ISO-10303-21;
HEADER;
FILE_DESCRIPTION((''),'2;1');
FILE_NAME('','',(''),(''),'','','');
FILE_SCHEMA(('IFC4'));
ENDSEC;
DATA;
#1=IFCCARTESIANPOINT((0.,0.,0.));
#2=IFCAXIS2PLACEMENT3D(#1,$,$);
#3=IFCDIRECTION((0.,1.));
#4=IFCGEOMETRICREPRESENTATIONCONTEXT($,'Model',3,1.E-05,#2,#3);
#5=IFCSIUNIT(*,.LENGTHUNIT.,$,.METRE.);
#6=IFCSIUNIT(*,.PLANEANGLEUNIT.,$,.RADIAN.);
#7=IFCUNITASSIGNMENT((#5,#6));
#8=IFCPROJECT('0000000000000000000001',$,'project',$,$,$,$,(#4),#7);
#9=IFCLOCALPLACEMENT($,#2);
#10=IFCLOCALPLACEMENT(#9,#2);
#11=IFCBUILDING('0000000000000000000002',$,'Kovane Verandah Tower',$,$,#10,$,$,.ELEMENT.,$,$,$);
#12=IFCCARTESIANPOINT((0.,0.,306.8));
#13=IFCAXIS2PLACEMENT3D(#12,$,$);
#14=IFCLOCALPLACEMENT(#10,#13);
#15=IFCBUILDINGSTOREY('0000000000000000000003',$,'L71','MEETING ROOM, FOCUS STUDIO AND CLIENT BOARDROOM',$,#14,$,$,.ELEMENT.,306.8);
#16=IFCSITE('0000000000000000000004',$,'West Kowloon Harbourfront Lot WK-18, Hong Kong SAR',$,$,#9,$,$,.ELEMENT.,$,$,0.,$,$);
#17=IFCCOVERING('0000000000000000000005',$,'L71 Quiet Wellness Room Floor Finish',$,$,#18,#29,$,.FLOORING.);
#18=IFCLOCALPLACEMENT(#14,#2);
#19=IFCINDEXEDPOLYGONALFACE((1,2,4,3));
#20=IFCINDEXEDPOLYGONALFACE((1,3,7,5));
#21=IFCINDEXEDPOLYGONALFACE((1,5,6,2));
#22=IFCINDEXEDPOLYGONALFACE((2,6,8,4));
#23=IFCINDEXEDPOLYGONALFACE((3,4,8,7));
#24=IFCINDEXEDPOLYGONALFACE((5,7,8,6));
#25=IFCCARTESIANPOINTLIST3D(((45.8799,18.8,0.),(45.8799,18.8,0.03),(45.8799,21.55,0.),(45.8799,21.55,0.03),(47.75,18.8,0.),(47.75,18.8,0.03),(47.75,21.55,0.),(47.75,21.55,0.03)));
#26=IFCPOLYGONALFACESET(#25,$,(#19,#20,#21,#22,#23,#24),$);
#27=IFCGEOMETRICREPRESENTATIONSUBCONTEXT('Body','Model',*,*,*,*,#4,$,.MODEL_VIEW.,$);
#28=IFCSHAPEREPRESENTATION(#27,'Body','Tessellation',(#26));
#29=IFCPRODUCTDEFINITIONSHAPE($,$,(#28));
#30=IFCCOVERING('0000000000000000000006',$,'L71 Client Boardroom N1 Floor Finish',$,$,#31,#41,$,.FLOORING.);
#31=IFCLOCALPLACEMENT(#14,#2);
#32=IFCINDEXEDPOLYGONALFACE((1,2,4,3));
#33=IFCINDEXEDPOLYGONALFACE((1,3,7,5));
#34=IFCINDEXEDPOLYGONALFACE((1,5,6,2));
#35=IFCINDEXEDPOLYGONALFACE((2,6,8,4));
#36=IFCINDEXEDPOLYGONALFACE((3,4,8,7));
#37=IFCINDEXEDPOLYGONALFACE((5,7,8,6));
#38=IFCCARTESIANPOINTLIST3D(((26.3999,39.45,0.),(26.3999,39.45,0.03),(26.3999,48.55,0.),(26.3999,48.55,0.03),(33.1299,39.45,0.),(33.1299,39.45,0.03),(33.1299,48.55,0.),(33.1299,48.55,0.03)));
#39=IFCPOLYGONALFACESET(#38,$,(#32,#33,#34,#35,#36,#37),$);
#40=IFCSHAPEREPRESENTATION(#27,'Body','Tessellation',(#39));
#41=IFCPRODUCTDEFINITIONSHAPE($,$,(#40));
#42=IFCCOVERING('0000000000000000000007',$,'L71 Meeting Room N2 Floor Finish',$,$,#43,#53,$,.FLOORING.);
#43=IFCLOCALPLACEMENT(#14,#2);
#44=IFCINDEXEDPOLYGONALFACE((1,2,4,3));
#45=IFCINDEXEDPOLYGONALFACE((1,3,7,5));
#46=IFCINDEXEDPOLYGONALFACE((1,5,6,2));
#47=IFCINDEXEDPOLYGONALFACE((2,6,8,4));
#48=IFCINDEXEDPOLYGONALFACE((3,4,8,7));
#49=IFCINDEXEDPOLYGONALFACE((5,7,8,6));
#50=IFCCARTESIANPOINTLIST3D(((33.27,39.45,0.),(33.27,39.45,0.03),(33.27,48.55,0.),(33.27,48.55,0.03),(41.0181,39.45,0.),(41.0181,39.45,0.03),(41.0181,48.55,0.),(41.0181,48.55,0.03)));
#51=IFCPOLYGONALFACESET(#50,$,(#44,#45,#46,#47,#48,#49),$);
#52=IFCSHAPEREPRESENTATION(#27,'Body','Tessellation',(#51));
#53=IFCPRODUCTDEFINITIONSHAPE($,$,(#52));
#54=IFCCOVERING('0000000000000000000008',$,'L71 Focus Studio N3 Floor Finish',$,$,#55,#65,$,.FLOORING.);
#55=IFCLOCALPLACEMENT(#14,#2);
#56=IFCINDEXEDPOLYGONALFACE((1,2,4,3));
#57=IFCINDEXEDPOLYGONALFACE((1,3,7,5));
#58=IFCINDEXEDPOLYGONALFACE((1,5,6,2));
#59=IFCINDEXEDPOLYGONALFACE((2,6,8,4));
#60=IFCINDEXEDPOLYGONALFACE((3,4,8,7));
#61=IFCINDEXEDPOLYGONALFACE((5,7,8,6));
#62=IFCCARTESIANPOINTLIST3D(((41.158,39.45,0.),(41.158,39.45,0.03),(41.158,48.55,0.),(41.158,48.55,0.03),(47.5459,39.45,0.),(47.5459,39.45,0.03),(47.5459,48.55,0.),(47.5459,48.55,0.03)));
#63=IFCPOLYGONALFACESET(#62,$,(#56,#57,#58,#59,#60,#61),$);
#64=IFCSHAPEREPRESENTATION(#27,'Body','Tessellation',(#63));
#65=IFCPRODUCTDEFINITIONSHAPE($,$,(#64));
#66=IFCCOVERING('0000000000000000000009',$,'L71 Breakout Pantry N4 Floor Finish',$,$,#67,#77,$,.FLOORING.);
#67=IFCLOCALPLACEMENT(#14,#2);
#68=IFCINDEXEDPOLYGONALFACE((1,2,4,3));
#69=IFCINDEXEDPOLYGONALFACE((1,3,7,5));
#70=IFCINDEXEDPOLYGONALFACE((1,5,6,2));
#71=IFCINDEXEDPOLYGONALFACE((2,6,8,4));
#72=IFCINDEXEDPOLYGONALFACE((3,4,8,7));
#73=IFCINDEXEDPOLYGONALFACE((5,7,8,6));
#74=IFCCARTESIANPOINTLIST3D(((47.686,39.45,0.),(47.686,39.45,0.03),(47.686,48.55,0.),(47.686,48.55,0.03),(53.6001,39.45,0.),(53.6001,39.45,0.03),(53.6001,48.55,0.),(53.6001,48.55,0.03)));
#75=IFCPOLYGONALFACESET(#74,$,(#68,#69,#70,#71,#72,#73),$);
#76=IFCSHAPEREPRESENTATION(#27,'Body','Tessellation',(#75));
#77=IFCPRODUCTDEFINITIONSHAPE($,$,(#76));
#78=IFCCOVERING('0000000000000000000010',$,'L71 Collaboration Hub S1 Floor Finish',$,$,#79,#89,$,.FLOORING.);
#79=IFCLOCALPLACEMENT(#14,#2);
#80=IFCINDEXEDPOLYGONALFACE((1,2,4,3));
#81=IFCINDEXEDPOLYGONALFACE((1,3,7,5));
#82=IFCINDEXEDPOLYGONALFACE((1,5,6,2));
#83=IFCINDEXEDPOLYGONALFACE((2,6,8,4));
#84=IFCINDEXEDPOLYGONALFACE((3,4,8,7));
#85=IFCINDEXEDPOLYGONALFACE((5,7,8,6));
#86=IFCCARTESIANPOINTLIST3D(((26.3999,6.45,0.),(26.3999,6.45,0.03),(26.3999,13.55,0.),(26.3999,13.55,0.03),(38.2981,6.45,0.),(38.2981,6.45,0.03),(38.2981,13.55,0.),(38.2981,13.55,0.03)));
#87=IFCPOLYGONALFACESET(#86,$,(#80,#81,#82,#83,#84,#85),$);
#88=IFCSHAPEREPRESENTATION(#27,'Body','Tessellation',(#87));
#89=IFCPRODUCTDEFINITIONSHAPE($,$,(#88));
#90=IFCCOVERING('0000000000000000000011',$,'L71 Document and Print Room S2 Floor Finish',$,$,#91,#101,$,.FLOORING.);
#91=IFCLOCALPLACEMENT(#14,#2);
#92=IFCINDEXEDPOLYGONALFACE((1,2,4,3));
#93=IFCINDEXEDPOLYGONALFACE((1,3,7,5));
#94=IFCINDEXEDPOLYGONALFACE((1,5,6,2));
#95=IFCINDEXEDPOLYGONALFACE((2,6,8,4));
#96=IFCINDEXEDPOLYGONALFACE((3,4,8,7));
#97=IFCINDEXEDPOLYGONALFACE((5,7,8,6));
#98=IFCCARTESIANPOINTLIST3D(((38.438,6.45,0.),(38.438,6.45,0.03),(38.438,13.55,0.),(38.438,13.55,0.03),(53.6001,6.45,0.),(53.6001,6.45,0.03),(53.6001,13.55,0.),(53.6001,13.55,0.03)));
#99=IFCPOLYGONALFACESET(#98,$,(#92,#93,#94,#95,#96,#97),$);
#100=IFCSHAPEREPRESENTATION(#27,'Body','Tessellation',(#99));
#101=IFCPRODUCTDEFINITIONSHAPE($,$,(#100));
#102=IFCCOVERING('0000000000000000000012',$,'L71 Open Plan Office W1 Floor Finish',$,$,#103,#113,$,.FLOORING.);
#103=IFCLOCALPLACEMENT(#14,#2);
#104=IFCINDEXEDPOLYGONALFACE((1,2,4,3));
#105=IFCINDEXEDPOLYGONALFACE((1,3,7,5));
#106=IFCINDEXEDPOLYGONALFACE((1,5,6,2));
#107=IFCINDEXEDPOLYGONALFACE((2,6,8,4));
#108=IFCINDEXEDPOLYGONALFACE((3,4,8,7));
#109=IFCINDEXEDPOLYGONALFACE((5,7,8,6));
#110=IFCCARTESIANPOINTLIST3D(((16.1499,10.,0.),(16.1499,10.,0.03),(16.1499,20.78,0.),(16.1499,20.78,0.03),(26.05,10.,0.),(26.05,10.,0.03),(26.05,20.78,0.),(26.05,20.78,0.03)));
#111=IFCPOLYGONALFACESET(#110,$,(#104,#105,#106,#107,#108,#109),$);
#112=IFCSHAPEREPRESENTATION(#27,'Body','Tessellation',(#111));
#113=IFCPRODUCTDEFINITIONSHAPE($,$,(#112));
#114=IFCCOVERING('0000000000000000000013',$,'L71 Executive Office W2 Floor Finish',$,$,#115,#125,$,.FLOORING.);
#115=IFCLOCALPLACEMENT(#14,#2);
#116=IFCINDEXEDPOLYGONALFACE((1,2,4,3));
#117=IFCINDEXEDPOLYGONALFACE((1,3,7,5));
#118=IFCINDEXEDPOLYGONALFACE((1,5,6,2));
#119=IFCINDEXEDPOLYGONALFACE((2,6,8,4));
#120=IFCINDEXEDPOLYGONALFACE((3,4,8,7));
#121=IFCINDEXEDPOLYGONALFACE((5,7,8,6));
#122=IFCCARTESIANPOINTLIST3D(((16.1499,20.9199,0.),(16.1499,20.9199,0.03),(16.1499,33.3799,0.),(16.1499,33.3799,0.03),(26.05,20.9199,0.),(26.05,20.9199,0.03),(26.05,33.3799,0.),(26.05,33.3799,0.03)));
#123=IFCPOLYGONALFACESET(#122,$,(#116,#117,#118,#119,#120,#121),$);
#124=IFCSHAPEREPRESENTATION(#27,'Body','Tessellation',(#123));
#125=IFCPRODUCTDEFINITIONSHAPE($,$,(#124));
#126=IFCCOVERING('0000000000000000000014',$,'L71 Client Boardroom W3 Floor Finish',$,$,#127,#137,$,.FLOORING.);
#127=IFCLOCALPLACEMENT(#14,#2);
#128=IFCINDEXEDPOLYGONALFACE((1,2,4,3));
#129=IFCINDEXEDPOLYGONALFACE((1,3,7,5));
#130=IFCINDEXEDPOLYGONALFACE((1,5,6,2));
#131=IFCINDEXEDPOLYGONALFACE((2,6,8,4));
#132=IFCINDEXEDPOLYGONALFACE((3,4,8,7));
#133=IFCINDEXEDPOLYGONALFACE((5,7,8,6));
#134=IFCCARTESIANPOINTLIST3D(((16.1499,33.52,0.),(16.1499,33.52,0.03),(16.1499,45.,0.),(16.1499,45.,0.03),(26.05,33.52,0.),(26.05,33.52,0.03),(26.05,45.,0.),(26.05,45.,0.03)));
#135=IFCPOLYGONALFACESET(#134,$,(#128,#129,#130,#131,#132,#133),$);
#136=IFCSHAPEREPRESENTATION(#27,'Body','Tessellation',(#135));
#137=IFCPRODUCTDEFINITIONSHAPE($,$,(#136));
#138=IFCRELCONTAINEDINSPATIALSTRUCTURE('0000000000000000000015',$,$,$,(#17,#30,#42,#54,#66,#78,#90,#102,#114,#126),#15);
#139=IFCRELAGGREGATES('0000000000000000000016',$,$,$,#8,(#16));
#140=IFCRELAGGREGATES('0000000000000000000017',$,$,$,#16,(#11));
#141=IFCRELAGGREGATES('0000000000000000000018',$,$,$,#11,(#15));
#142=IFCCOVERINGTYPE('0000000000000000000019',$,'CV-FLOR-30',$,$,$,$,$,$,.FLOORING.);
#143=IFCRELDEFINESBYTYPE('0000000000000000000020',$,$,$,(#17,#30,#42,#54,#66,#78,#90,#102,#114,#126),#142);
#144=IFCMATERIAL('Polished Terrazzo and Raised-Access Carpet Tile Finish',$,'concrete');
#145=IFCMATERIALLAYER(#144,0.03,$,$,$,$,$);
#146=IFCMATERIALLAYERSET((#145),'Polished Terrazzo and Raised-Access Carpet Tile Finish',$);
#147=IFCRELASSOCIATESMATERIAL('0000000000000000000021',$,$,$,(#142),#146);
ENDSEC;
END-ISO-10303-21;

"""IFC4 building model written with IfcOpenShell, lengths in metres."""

from ifc_helpers import new_model, si_unit, direction, frame, origin, place, context, subcontext, project, spatial, polyline, outline, extrude, material, layer, layer_set, type_object, element, save


model = new_model("IFC4")

# Units and contexts
model_context = context("Model", 3, precision=1e-05, world=origin(), true_north=direction((0.0, 1.0)))
body_context = subcontext(model_context, "Body", "Model", "MODEL_VIEW")
ifc_project = project(units=[si_unit("LENGTHUNIT", "METRE"), si_unit("PLANEANGLEUNIT", "RADIAN")], contexts=[model_context])

# Site, building, storey
site_placement = place(None, origin())
site = spatial("IfcSite", under=ifc_project, at=site_placement, Name="West Kowloon Harbourfront Lot WK-18, Hong Kong SAR", CompositionType="ELEMENT", RefElevation=0.0)
building_placement = place(site_placement, origin())
building = spatial("IfcBuilding", under=site, at=building_placement, Name="Kovane Verandah Tower", CompositionType="ELEMENT")
storey_placement = place(building_placement, frame((0.0, 0.0, 306.8)))
storey = spatial("IfcBuildingStorey", under=building, at=storey_placement, Name="L71", Description="MEETING ROOM, FOCUS STUDIO AND CLIENT BOARDROOM", CompositionType="ELEMENT", Elevation=306.8)

# Coverings
ifc_material_1 = material(Name="Polished Terrazzo and Raised-Access Carpet Tile Finish", Category="concrete")
ifc_layer_1 = layer(ifc_material_1, 0.03)
ifc_layer_set_1 = layer_set([ifc_layer_1], Name="Polished Terrazzo and Raised-Access Carpet Tile Finish")
covering_type = type_object("IfcCoveringType", Name="CV-FLOR-30", PredefinedType="FLOORING", material=ifc_layer_set_1)
covering_1_placement = place(storey_placement, origin())
element("IfcCovering", 1, at=covering_1_placement, inside=storey, type_object=covering_type, Name="L71 Quiet Wellness Room Floor Finish", PredefinedType="FLOORING", context=body_context, shape_type="SweptSolid", body=[
    extrude(outline(polyline([(45.8799, 18.8), (47.75, 18.8), (47.75, 21.55), (45.8799, 21.55), (45.8799, 18.8)])), origin(), (0.0, 0.0, 1.0), 0.03),
])
covering_2_placement = place(storey_placement, origin())
element("IfcCovering", 2, at=covering_2_placement, inside=storey, type_object=covering_type, Name="L71 Client Boardroom N1 Floor Finish", PredefinedType="FLOORING", context=body_context, shape_type="SweptSolid", body=[
    extrude(outline(polyline([(26.3999, 39.45), (33.1299, 39.45), (33.1299, 48.55), (26.3999, 48.55), (26.3999, 39.45)])), origin(), (0.0, 0.0, 1.0), 0.03),
])
covering_3_placement = place(storey_placement, origin())
element("IfcCovering", 3, at=covering_3_placement, inside=storey, type_object=covering_type, Name="L71 Meeting Room N2 Floor Finish", PredefinedType="FLOORING", context=body_context, shape_type="SweptSolid", body=[
    extrude(outline(polyline([(33.27, 39.45), (41.0181, 39.45), (41.0181, 48.55), (33.27, 48.55), (33.27, 39.45)])), origin(), (0.0, 0.0, 1.0), 0.03),
])
covering_4_placement = place(storey_placement, origin())
element("IfcCovering", 4, at=covering_4_placement, inside=storey, type_object=covering_type, Name="L71 Focus Studio N3 Floor Finish", PredefinedType="FLOORING", context=body_context, shape_type="SweptSolid", body=[
    extrude(outline(polyline([(41.158, 39.45), (47.5459, 39.45), (47.5459, 48.55), (41.158, 48.55), (41.158, 39.45)])), origin(), (0.0, 0.0, 1.0), 0.03),
])
covering_5_placement = place(storey_placement, origin())
element("IfcCovering", 5, at=covering_5_placement, inside=storey, type_object=covering_type, Name="L71 Breakout Pantry N4 Floor Finish", PredefinedType="FLOORING", context=body_context, shape_type="SweptSolid", body=[
    extrude(outline(polyline([(47.686, 39.45), (53.6001, 39.45), (53.6001, 48.55), (47.686, 48.55), (47.686, 39.45)])), origin(), (0.0, 0.0, 1.0), 0.03),
])
covering_6_placement = place(storey_placement, origin())
element("IfcCovering", 6, at=covering_6_placement, inside=storey, type_object=covering_type, Name="L71 Collaboration Hub S1 Floor Finish", PredefinedType="FLOORING", context=body_context, shape_type="SweptSolid", body=[
    extrude(outline(polyline([(26.3999, 6.45), (38.2981, 6.45), (38.2981, 13.55), (26.3999, 13.55), (26.3999, 6.45)])), origin(), (0.0, 0.0, 1.0), 0.03),
])
covering_7_placement = place(storey_placement, origin())
element("IfcCovering", 7, at=covering_7_placement, inside=storey, type_object=covering_type, Name="L71 Document and Print Room S2 Floor Finish", PredefinedType="FLOORING", context=body_context, shape_type="SweptSolid", body=[
    extrude(outline(polyline([(38.438, 6.45), (53.6001, 6.45), (53.6001, 13.55), (38.438, 13.55), (38.438, 6.45)])), origin(), (0.0, 0.0, 1.0), 0.03),
])
covering_8_placement = place(storey_placement, origin())
element("IfcCovering", 8, at=covering_8_placement, inside=storey, type_object=covering_type, Name="L71 Open Plan Office W1 Floor Finish", PredefinedType="FLOORING", context=body_context, shape_type="SweptSolid", body=[
    extrude(outline(polyline([(16.1499, 10.0), (26.05, 10.0), (26.05, 20.78), (16.1499, 20.78), (16.1499, 10.0)])), origin(), (0.0, 0.0, 1.0), 0.03),
])
covering_9_placement = place(storey_placement, origin())
element("IfcCovering", 9, at=covering_9_placement, inside=storey, type_object=covering_type, Name="L71 Executive Office W2 Floor Finish", PredefinedType="FLOORING", context=body_context, shape_type="SweptSolid", body=[
    extrude(outline(polyline([(16.1499, 20.9199), (26.05, 20.9199), (26.05, 33.3799), (16.1499, 33.3799), (16.1499, 20.9199)])), origin(), (0.0, 0.0, 1.0), 0.03),
])
covering_10_placement = place(storey_placement, origin())
element("IfcCovering", 10, at=covering_10_placement, inside=storey, type_object=covering_type, Name="L71 Client Boardroom W3 Floor Finish", PredefinedType="FLOORING", context=body_context, shape_type="SweptSolid", body=[
    extrude(outline(polyline([(16.1499, 33.52), (26.05, 33.52), (26.05, 45.0), (16.1499, 45.0), (16.1499, 33.52)])), origin(), (0.0, 0.0, 1.0), 0.03),
])

save(model, "model.ifc")
